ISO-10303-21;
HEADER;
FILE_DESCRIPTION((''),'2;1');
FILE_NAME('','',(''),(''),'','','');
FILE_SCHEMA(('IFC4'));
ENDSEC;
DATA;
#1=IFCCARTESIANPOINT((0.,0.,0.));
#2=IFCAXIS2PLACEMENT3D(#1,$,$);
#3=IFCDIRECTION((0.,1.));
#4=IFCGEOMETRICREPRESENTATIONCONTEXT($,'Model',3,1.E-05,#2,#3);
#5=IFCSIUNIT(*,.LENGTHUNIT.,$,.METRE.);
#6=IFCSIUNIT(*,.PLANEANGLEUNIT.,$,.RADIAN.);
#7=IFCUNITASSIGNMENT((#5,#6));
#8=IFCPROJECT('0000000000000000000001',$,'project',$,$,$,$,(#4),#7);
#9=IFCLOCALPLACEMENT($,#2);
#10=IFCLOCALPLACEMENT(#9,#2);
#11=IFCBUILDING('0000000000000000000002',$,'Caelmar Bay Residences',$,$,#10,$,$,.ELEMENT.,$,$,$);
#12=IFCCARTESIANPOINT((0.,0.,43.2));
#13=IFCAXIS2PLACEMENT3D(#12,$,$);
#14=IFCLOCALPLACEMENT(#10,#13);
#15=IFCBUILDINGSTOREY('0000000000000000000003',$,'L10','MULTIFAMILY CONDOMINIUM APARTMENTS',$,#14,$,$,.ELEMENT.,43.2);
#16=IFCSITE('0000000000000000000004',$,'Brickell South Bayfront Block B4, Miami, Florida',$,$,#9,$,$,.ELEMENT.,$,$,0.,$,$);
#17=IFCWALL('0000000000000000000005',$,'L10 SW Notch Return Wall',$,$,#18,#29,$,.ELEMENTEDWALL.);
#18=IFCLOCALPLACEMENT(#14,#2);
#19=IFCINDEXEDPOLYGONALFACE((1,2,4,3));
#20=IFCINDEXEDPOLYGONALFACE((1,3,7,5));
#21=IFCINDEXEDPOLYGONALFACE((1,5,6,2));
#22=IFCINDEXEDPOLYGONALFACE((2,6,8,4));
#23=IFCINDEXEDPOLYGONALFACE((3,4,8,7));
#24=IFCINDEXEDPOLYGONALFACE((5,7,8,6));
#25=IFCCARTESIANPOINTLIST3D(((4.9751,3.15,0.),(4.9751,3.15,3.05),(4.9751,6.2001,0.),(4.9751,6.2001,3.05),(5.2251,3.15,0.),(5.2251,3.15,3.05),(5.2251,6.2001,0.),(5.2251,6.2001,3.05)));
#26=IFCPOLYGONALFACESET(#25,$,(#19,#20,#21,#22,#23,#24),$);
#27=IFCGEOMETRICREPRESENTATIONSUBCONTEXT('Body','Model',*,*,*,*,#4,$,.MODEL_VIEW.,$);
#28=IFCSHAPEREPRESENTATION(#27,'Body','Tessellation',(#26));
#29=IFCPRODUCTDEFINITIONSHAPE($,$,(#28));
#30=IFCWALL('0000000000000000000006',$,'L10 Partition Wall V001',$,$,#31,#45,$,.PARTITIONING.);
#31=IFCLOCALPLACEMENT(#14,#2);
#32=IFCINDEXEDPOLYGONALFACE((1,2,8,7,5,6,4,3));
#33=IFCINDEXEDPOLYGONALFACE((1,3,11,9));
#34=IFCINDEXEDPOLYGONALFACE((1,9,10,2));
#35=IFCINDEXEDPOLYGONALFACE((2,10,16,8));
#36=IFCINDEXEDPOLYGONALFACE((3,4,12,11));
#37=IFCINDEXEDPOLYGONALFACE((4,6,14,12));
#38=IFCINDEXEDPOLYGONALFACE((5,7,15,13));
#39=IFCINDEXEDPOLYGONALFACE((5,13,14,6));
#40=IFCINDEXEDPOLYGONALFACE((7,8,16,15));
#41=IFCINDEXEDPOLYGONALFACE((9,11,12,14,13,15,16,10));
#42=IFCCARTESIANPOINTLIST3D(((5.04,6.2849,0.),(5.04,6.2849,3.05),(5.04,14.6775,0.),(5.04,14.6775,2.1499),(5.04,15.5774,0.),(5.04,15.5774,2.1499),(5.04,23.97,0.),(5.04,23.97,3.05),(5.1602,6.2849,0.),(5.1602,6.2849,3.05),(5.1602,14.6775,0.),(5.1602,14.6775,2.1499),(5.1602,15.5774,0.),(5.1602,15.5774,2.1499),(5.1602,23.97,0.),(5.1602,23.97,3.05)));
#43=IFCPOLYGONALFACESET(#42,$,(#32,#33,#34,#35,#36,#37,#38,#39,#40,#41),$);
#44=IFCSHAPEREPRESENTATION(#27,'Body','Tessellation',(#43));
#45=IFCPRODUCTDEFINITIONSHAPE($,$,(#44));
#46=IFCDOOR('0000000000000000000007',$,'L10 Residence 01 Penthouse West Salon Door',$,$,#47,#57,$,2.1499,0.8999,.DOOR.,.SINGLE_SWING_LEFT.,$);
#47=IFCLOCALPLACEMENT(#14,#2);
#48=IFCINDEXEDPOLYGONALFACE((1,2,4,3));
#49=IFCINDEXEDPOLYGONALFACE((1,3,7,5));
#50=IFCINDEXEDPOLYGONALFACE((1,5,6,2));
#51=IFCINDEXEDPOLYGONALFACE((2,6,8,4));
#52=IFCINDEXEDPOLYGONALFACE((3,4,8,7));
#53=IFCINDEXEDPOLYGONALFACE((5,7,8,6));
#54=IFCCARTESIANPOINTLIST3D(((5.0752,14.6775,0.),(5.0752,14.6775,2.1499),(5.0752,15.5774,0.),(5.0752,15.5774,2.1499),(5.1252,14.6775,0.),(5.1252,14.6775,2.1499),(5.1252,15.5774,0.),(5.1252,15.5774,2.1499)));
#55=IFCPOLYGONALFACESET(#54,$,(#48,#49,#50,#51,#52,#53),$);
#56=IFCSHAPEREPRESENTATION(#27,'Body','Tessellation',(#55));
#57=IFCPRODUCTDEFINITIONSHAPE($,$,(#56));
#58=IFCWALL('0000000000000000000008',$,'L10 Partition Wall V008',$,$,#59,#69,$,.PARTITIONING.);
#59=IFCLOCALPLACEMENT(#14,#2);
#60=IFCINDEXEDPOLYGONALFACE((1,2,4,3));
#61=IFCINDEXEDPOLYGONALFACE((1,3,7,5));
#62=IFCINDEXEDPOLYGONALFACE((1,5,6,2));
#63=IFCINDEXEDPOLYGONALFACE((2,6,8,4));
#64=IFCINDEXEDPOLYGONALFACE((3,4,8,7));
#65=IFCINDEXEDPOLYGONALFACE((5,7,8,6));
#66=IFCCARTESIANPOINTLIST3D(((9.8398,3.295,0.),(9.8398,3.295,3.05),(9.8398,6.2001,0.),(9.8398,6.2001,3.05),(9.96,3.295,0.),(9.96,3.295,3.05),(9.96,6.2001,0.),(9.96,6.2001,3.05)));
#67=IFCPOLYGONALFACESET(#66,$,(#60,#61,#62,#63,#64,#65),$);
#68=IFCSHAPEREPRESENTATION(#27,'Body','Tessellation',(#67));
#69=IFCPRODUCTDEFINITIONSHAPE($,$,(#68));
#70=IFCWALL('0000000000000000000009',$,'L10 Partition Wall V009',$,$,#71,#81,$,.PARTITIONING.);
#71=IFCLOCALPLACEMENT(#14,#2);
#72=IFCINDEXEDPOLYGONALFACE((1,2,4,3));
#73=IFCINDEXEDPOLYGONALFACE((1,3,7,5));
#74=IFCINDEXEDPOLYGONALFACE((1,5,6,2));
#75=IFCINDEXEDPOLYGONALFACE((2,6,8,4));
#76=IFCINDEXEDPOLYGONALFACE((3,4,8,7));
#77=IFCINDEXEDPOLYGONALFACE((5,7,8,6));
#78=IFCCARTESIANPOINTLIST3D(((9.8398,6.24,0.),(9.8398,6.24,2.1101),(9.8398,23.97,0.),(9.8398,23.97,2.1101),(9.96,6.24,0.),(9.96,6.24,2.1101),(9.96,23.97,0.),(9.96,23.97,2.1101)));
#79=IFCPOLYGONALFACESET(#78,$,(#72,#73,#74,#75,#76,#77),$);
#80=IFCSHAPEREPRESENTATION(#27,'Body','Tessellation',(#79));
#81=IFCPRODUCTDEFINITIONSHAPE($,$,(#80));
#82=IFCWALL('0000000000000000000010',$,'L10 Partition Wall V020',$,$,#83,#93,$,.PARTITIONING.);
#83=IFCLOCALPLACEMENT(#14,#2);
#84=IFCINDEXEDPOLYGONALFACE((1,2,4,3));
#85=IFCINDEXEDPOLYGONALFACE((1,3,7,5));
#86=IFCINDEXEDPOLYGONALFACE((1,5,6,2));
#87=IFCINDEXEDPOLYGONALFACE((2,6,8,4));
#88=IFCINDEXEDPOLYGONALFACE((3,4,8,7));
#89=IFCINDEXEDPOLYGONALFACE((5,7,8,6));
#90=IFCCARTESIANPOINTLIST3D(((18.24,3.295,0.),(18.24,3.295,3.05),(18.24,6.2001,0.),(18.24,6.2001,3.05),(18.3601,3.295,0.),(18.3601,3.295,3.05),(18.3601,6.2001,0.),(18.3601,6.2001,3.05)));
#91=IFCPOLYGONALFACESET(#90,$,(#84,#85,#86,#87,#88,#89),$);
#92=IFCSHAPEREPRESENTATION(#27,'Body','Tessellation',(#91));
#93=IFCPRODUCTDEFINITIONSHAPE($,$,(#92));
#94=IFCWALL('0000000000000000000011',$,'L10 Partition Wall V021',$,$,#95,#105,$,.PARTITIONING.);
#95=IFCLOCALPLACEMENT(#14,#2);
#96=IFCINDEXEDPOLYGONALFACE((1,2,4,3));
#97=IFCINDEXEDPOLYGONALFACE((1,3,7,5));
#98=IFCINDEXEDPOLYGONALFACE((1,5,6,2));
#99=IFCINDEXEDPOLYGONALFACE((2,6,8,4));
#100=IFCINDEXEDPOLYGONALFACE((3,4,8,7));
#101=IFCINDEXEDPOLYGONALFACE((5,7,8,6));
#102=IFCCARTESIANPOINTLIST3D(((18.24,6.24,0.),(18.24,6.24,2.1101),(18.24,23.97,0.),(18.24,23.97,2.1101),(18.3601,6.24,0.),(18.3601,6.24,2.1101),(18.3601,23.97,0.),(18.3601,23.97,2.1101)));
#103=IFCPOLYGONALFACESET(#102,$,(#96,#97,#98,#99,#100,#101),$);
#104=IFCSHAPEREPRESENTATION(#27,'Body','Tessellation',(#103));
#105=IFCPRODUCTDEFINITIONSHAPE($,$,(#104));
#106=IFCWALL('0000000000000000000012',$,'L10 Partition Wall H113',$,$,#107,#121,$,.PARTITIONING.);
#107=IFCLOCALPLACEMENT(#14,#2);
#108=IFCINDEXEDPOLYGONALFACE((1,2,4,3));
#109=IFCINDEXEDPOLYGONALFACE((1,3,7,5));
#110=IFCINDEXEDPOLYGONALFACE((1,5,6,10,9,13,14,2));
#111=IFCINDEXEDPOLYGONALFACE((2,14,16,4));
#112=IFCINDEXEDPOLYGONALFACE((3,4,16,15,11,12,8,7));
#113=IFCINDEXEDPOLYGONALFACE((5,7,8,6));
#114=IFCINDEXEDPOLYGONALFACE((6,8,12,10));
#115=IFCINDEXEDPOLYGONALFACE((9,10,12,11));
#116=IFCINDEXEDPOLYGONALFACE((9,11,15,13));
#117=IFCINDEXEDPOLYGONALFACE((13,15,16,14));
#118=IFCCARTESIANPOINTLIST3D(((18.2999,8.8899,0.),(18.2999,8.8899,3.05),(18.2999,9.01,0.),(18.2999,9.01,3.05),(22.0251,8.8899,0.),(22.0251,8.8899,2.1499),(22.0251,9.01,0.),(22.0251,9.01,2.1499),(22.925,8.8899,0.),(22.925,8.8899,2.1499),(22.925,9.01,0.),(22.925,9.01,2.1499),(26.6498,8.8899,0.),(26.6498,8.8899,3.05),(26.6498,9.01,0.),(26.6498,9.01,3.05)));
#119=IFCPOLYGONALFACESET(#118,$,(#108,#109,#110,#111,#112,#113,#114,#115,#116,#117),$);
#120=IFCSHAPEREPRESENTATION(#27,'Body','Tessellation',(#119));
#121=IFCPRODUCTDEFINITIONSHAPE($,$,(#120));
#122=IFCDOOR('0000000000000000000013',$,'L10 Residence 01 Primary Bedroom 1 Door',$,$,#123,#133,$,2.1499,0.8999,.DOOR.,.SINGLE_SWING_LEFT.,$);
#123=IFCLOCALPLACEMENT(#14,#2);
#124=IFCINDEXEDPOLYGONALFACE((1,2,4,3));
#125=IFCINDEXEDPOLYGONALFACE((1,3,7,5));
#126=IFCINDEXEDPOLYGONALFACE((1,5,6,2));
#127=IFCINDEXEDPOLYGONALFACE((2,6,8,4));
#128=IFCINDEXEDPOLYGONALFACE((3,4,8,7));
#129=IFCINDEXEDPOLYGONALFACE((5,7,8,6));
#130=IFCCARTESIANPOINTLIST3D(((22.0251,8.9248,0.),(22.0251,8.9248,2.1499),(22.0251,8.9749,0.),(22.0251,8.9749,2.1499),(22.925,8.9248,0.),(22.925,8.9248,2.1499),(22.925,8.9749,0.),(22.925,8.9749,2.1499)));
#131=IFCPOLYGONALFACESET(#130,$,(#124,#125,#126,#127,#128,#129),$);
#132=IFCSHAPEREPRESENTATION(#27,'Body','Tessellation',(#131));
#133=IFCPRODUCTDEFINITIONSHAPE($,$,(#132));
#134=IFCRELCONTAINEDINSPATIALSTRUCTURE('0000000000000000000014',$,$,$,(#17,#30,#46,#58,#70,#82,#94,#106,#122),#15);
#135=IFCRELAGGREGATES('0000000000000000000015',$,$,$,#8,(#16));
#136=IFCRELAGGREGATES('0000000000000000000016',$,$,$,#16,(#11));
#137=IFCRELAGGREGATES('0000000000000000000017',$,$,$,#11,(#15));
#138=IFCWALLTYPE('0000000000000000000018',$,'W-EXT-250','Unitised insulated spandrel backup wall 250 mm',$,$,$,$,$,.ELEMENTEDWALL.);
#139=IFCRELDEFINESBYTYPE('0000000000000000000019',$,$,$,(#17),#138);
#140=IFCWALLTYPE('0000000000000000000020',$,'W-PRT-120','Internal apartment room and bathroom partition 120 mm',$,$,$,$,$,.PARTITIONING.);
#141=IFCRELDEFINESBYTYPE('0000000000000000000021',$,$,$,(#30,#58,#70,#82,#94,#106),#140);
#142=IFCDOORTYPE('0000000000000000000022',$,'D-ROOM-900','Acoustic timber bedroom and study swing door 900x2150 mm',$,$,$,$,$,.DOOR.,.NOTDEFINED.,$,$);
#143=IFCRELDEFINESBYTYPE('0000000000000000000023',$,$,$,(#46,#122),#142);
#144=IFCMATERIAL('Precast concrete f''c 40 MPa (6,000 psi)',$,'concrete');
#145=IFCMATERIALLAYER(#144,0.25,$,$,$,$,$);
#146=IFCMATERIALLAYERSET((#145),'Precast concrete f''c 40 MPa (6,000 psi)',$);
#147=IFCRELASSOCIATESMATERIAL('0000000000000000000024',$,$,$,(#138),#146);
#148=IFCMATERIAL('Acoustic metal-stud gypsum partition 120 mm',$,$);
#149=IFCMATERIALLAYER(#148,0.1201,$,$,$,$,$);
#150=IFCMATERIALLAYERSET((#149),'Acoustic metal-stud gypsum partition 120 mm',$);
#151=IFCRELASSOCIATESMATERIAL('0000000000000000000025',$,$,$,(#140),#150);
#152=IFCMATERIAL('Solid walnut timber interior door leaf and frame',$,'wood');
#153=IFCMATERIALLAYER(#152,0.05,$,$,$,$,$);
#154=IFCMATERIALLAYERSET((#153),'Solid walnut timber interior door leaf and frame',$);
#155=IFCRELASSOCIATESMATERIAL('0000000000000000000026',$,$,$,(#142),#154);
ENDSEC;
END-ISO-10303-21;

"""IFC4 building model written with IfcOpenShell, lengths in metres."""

from ifc_helpers import new_model, si_unit, direction, frame, frame_2d, origin, place, context, subcontext, project, spatial, rectangle, extrude, material, layer, layer_set, type_object, element, fill, save


model = new_model("IFC4")

# Units and contexts
model_context = context("Model", 3, precision=1e-05, world=origin(), true_north=direction((0.0, 1.0)))
body_context = subcontext(model_context, "Body", "Model", "MODEL_VIEW")
ifc_project = project(units=[si_unit("LENGTHUNIT", "METRE"), si_unit("PLANEANGLEUNIT", "RADIAN")], contexts=[model_context])

# Site, building, storey
site_placement = place(None, origin())
site = spatial("IfcSite", under=ifc_project, at=site_placement, Name="Brickell South Bayfront Block B4, Miami, Florida", CompositionType="ELEMENT", RefElevation=0.0)
building_placement = place(site_placement, origin())
building = spatial("IfcBuilding", under=site, at=building_placement, Name="Caelmar Bay Residences", CompositionType="ELEMENT")
storey_placement = place(building_placement, frame((0.0, 0.0, 43.2)))
storey = spatial("IfcBuildingStorey", under=building, at=storey_placement, Name="L10", Description="MULTIFAMILY CONDOMINIUM APARTMENTS", CompositionType="ELEMENT", Elevation=43.2)

# Wall
ifc_material_1 = material(Name="Precast concrete f'c 40 MPa (6,000 psi)", Category="concrete")
ifc_layer_1 = layer(ifc_material_1, 0.25)
ifc_layer_set_1 = layer_set([ifc_layer_1], Name="Precast concrete f'c 40 MPa (6,000 psi)")
wall_type_1 = type_object("IfcWallType", Name="W-EXT-250", Description="Unitised insulated spandrel backup wall 250 mm", PredefinedType="ELEMENTEDWALL", material=ifc_layer_set_1)
wall_1_placement = place(storey_placement, frame((5.1001, 6.2, 0.0), z_axis=(0.0, 0.0, 1.0), x_axis=(0.0, -1.0, 0.0)))
element("IfcWall", 1, at=wall_1_placement, inside=storey, type_object=wall_type_1, Name="L10 SW Notch Return Wall", PredefinedType="ELEMENTEDWALL", context=body_context, shape_type="SweptSolid", body=[
    extrude(rectangle(XDim=3.05, YDim=0.25, at=frame_2d((1.5249, 0.0))), origin(), (0.0, 0.0, 1.0), 3.05),
])

# Wall, opening, door
ifc_material_2 = material(Name="Acoustic metal-stud gypsum partition 120 mm")
ifc_layer_2 = layer(ifc_material_2, 0.1201)
ifc_layer_set_2 = layer_set([ifc_layer_2], Name="Acoustic metal-stud gypsum partition 120 mm")
wall_type_2 = type_object("IfcWallType", Name="W-PRT-120", Description="Internal apartment room and bathroom partition 120 mm", PredefinedType="PARTITIONING", material=ifc_layer_set_2)
wall_2_placement = place(storey_placement, frame((5.1001, 6.2849, 0.0), z_axis=(0.0, 0.0, 1.0), x_axis=(0.0, 1.0, 0.0)))
wall_2 = element("IfcWall", 2, at=wall_2_placement, inside=storey, type_object=wall_type_2, Name="L10 Partition Wall V001", PredefinedType="PARTITIONING", context=body_context, shape_type="SweptSolid", body=[
    extrude(rectangle(XDim=17.6851, YDim=0.1201, at=frame_2d((8.8425, 0.0))), origin(), (0.0, 0.0, 1.0), 3.05),
])
opening_1_placement = place(wall_2_placement, frame((8.3926, 0.0, 0.0)))
opening_1 = element("IfcOpeningElement", 3, at=opening_1_placement, cuts=wall_2, PredefinedType="OPENING", context=body_context, shape_type="SweptSolid", body=[
    extrude(rectangle(XDim=0.8999, YDim=2.1499, at=frame_2d((0.45, 1.075))), frame((0.0, 0.0701, 0.0), z_axis=(0.0, -1.0, 0.0), x_axis=(1.0, 0.0, 0.0)), (0.0, 0.0, 1.0), 0.1401),
])
ifc_material_3 = material(Name="Solid walnut timber interior door leaf and frame", Category="wood")
ifc_layer_3 = layer(ifc_material_3, 0.05)
ifc_layer_set_3 = layer_set([ifc_layer_3], Name="Solid walnut timber interior door leaf and frame")
door_type = type_object("IfcDoorType", Name="D-ROOM-900", Description="Acoustic timber bedroom and study swing door 900x2150 mm", OperationType="NOTDEFINED", PredefinedType="DOOR", material=ifc_layer_set_3)
door_1_placement = place(opening_1_placement, origin())
door_1 = element("IfcDoor", 4, at=door_1_placement, inside=storey, type_object=door_type, Name="L10 Residence 01 Penthouse West Salon Door", OperationType="SINGLE_SWING_LEFT", OverallHeight=2.1499, OverallWidth=0.8999, PredefinedType="DOOR", context=body_context, shape_type="SweptSolid", body=[
    extrude(rectangle(XDim=0.8999, YDim=2.1499, at=frame_2d((0.45, 1.075))), frame((0.0, 0.0249, 0.0), z_axis=(0.0, -1.0, 0.0), x_axis=(1.0, 0.0, 0.0)), (0.0, 0.0, 1.0), 0.05),
])
fill(opening_1, door_1)

# Walls
wall_3_placement = place(storey_placement, frame((9.8999, 3.2949, 0.0), z_axis=(0.0, 0.0, 1.0), x_axis=(0.0, 1.0, 0.0)))
element("IfcWall", 5, at=wall_3_placement, inside=storey, type_object=wall_type_2, Name="L10 Partition Wall V008", PredefinedType="PARTITIONING", context=body_context, shape_type="SweptSolid", body=[
    extrude(rectangle(XDim=2.905, YDim=0.1201, at=frame_2d((1.4526, 0.0))), origin(), (0.0, 0.0, 1.0), 3.05),
])
wall_4_placement = place(storey_placement, frame((9.8999, 6.24, 0.0), z_axis=(0.0, 0.0, 1.0), x_axis=(0.0, 1.0, 0.0)))
element("IfcWall", 6, at=wall_4_placement, inside=storey, type_object=wall_type_2, Name="L10 Partition Wall V009", PredefinedType="PARTITIONING", context=body_context, shape_type="SweptSolid", body=[
    extrude(rectangle(XDim=17.73, YDim=0.1201, at=frame_2d((8.865, 0.0))), origin(), (0.0, 0.0, 1.0), 2.1101),
])
wall_5_placement = place(storey_placement, frame((18.3, 3.2949, 0.0), z_axis=(0.0, 0.0, 1.0), x_axis=(0.0, 1.0, 0.0)))
element("IfcWall", 7, at=wall_5_placement, inside=storey, type_object=wall_type_2, Name="L10 Partition Wall V020", PredefinedType="PARTITIONING", context=body_context, shape_type="SweptSolid", body=[
    extrude(rectangle(XDim=2.905, YDim=0.1201, at=frame_2d((1.4526, 0.0))), origin(), (0.0, 0.0, 1.0), 3.05),
])
wall_6_placement = place(storey_placement, frame((18.3, 6.24, 0.0), z_axis=(0.0, 0.0, 1.0), x_axis=(0.0, 1.0, 0.0)))
element("IfcWall", 8, at=wall_6_placement, inside=storey, type_object=wall_type_2, Name="L10 Partition Wall V021", PredefinedType="PARTITIONING", context=body_context, shape_type="SweptSolid", body=[
    extrude(rectangle(XDim=17.73, YDim=0.1201, at=frame_2d((8.865, 0.0))), origin(), (0.0, 0.0, 1.0), 2.1101),
])

# Wall, opening, door
wall_7_placement = place(storey_placement, frame((18.3, 8.95, 0.0), z_axis=(0.0, 0.0, 1.0), x_axis=(1.0, 0.0, 0.0)))
wall_7 = element("IfcWall", 9, at=wall_7_placement, inside=storey, type_object=wall_type_2, Name="L10 Partition Wall H113", PredefinedType="PARTITIONING", context=body_context, shape_type="SweptSolid", body=[
    extrude(rectangle(XDim=8.3499, YDim=0.1201, at=frame_2d((4.1748, 0.0))), origin(), (0.0, 0.0, 1.0), 3.05),
])
opening_2_placement = place(wall_7_placement, frame((3.7251, 0.0, 0.0)))
opening_2 = element("IfcOpeningElement", 10, at=opening_2_placement, cuts=wall_7, PredefinedType="OPENING", context=body_context, shape_type="SweptSolid", body=[
    extrude(rectangle(XDim=0.8999, YDim=2.1499, at=frame_2d((0.45, 1.075))), frame((0.0, 0.0701, 0.0), z_axis=(0.0, -1.0, 0.0), x_axis=(1.0, 0.0, 0.0)), (0.0, 0.0, 1.0), 0.1401),
])
door_2_placement = place(opening_2_placement, origin())
door_2 = element("IfcDoor", 11, at=door_2_placement, inside=storey, type_object=door_type, Name="L10 Residence 01 Primary Bedroom 1 Door", OperationType="SINGLE_SWING_LEFT", OverallHeight=2.1499, OverallWidth=0.8999, PredefinedType="DOOR", context=body_context, shape_type="SweptSolid", body=[
    extrude(rectangle(XDim=0.8999, YDim=2.1499, at=frame_2d((0.45, 1.075))), frame((0.0, 0.0249, 0.0), z_axis=(0.0, -1.0, 0.0), x_axis=(1.0, 0.0, 0.0)), (0.0, 0.0, 1.0), 0.05),
])
fill(opening_2, door_2)

save(model, "model.ifc")
